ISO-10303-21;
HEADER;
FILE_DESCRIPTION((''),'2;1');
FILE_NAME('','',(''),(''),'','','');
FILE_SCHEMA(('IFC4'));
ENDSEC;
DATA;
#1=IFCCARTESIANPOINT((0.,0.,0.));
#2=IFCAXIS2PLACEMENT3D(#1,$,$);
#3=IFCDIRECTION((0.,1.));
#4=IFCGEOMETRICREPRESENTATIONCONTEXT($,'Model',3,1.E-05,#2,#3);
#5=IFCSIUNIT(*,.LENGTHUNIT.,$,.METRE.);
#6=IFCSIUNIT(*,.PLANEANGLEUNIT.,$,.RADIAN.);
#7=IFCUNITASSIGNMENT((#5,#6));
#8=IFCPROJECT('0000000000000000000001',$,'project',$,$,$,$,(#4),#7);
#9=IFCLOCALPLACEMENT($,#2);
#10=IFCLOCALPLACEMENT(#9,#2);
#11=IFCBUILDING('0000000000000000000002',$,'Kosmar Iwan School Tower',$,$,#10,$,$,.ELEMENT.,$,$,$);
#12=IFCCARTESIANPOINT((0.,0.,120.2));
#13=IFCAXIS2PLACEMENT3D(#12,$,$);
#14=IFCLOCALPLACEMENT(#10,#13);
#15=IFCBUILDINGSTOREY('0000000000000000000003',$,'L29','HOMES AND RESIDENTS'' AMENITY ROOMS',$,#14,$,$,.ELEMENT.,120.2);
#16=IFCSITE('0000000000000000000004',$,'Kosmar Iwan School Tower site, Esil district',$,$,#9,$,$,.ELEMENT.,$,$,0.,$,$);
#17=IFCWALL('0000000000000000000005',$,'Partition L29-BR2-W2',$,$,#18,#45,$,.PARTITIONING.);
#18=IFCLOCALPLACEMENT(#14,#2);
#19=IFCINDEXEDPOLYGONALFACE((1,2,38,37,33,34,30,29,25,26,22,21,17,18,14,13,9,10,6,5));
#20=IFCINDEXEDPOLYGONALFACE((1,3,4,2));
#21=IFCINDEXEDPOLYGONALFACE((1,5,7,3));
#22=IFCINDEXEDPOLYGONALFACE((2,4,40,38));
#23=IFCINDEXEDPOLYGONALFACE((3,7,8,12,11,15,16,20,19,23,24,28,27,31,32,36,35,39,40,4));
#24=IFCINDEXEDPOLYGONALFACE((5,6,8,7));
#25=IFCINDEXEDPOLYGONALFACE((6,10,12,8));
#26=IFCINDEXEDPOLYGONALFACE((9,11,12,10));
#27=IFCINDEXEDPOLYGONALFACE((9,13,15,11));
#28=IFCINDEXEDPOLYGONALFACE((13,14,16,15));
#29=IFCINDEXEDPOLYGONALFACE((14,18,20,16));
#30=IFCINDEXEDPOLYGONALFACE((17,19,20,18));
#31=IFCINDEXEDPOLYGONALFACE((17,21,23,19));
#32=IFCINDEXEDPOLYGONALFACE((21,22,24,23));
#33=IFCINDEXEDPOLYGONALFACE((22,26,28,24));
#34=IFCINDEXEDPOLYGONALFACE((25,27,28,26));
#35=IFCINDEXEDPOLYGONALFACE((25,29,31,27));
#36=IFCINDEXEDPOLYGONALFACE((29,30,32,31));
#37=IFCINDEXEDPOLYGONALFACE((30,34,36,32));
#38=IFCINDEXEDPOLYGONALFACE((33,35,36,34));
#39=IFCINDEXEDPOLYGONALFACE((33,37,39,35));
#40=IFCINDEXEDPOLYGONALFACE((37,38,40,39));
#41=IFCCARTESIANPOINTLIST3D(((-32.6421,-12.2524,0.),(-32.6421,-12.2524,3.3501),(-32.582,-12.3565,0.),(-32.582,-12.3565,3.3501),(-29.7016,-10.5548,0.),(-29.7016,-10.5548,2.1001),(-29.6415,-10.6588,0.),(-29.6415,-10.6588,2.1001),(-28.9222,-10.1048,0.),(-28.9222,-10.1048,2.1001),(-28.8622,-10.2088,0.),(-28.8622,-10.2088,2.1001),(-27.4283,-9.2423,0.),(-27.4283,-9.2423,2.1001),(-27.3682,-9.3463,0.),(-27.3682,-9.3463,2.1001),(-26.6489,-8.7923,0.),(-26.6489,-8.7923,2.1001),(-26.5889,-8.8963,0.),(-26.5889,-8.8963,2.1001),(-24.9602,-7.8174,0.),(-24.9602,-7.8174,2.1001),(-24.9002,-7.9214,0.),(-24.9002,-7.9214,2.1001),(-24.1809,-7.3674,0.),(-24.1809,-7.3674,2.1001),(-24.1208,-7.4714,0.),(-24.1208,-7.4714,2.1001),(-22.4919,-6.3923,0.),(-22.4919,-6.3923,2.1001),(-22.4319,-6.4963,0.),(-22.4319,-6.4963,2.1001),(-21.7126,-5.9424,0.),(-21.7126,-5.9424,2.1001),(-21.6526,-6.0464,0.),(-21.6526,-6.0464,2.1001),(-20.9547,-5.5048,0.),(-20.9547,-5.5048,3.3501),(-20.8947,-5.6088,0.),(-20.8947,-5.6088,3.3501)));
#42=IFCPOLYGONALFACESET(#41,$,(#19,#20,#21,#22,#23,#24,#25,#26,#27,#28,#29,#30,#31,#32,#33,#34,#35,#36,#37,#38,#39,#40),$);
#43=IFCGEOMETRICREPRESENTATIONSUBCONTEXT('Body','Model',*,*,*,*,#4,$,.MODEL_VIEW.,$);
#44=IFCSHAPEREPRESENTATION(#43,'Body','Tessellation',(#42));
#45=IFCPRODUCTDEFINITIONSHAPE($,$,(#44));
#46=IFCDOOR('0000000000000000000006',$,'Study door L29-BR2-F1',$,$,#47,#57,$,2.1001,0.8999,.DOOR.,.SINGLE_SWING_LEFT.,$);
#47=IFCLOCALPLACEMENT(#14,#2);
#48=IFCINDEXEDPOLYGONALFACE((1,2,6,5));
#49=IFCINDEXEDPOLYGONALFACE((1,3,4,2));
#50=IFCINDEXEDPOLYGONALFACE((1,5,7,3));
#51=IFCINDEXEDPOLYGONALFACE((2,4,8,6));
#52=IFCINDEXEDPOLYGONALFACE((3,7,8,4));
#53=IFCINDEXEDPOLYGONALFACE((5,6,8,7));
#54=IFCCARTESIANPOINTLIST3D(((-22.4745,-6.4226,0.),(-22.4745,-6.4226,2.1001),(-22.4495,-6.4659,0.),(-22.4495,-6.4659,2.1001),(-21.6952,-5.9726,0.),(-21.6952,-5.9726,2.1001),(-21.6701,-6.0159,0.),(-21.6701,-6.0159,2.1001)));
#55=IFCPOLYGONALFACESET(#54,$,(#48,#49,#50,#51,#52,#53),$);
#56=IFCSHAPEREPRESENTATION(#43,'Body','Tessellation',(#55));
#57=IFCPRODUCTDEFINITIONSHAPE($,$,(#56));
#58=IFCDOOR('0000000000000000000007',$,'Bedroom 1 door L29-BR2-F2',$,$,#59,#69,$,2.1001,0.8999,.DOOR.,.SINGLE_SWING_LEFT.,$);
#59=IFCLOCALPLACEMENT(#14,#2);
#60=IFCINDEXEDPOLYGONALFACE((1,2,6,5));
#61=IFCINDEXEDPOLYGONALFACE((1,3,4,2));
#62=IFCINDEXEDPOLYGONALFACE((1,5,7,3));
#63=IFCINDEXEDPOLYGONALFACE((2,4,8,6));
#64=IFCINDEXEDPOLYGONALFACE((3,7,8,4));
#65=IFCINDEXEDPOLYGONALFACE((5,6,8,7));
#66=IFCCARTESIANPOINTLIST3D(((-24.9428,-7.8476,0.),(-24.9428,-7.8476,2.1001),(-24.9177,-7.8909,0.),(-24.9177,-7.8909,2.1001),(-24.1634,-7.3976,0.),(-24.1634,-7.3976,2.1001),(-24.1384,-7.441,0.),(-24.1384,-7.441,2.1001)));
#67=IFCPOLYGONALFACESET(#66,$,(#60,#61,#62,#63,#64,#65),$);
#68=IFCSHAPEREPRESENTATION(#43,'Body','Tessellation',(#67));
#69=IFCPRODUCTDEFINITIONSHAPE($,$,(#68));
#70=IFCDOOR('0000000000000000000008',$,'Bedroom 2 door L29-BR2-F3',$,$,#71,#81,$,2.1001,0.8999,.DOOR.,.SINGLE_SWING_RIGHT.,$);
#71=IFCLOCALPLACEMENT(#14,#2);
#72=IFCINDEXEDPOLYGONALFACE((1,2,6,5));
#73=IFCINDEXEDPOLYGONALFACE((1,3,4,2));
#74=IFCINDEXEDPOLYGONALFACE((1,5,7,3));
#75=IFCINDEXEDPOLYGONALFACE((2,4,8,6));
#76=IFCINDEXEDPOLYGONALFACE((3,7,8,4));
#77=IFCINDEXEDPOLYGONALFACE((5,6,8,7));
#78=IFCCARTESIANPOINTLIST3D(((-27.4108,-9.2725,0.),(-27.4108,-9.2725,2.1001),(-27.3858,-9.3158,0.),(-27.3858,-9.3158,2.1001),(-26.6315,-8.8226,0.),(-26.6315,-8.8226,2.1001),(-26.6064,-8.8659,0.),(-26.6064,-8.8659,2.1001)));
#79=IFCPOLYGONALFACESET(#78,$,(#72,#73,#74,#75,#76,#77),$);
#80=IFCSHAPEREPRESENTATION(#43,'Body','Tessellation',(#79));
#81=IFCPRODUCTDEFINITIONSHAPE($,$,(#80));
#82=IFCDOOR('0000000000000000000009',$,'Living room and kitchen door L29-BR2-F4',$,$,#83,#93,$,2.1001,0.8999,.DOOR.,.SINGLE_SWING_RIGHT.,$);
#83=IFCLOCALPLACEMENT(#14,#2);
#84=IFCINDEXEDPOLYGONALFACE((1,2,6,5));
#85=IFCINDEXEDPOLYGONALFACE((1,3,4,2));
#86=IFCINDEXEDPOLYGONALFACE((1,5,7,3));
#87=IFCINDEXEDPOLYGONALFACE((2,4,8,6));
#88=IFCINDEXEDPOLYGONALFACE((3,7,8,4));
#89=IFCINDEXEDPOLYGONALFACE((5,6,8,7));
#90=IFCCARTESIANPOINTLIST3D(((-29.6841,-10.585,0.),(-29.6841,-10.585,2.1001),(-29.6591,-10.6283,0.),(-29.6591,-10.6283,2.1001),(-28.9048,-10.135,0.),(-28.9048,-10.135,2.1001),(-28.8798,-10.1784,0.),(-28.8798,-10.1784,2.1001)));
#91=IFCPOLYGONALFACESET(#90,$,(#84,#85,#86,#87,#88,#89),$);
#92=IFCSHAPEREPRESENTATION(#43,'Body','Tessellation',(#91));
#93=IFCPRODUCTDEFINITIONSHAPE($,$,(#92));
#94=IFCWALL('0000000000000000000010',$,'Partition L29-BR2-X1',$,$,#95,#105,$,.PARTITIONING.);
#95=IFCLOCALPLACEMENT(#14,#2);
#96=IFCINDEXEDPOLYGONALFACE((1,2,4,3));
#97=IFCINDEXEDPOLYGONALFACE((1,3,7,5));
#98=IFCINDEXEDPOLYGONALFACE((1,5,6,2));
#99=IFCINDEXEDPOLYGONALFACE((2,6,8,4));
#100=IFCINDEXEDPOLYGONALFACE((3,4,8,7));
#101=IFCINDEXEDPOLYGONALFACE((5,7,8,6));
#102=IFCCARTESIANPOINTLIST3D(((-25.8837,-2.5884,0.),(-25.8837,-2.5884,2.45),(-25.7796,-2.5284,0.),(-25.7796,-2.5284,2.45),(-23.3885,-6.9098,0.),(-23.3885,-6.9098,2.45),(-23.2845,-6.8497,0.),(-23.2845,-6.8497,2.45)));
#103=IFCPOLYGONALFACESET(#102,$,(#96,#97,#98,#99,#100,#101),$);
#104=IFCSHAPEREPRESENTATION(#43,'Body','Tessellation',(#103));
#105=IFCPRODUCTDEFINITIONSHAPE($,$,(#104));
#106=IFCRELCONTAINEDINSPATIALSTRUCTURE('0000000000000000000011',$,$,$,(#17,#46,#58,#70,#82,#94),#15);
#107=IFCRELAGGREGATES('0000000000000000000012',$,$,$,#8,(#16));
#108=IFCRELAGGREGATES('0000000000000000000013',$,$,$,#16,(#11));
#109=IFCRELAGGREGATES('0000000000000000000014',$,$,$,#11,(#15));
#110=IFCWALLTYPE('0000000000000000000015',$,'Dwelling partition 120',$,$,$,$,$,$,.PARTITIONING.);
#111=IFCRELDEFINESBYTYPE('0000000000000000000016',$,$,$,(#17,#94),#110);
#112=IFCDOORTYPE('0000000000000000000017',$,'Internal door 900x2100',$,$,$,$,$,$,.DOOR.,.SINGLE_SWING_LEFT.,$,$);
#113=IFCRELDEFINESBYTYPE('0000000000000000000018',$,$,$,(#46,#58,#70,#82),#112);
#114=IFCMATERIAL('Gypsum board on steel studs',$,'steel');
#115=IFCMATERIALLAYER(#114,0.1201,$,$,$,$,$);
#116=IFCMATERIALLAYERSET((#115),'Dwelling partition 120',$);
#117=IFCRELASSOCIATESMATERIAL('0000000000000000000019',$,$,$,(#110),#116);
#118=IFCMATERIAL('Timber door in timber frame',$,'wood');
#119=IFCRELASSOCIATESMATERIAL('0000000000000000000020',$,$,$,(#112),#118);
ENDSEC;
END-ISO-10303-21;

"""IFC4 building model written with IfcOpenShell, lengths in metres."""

from ifc_helpers import new_model, si_unit, direction, frame, frame_2d, origin, place, context, subcontext, project, spatial, rectangle, extrude, material, layer, layer_set, type_object, element, fill, save


model = new_model("IFC4")

# Units and contexts
model_context = context("Model", 3, precision=1e-05, world=origin(), true_north=direction((0.0, 1.0)))
body_context = subcontext(model_context, "Body", "Model", "MODEL_VIEW")
ifc_project = project(units=[si_unit("LENGTHUNIT", "METRE"), si_unit("PLANEANGLEUNIT", "RADIAN")], contexts=[model_context])

# Site, building, storey
site_placement = place(None, origin())
site = spatial("IfcSite", under=ifc_project, at=site_placement, Name="Kosmar Iwan School Tower site, Esil district", CompositionType="ELEMENT", RefElevation=0.0)
building_placement = place(site_placement, origin())
building = spatial("IfcBuilding", under=site, at=building_placement, Name="Kosmar Iwan School Tower", CompositionType="ELEMENT")
storey_placement = place(building_placement, frame((0.0, 0.0, 120.2)))
storey = spatial("IfcBuildingStorey", under=building, at=storey_placement, Name="L29", Description="HOMES AND RESIDENTS' AMENITY ROOMS", CompositionType="ELEMENT", Elevation=120.2)

# Shared definitions
ifc_material_1 = material(Name="Gypsum board on steel studs", Category="steel")
ifc_layer_1 = layer(ifc_material_1, 0.1201)
ifc_layer_set_1 = layer_set([ifc_layer_1], Name="Dwelling partition 120")
wall_type_1 = type_object("IfcWallType", Name="Dwelling partition 120", PredefinedType="PARTITIONING", material=ifc_layer_set_1)

# Wall, openings, doors
ifc_material_2 = material(Name="Timber door in timber frame", Category="wood")
door_type_1 = type_object("IfcDoorType", Name="Internal door 900x2100", OperationType="SINGLE_SWING_LEFT", PredefinedType="DOOR", material=ifc_material_2)
wall_1_placement = place(storey_placement, frame((-20.9248, -5.5569, 0.0), z_axis=(0.0, 0.0, 1.0), x_axis=(-0.866028, -0.499995, 0.0)))
wall_1 = element("IfcWall", 1, at=wall_1_placement, inside=storey, type_object=wall_type_1, Name="Partition L29-BR2-W2", PredefinedType="PARTITIONING", context=body_context, shape_type="SweptSolid", body=[
    extrude(rectangle(XDim=13.4954, YDim=0.1201, at=frame_2d((6.7476, 0.0))), origin(), (0.0, 0.0, 1.0), 3.3501),
])
opening_1_placement = place(wall_1_placement, frame((0.875, 0.0, 0.0)))
opening_1 = element("IfcOpeningElement", 2, at=opening_1_placement, cuts=wall_1, PredefinedType="OPENING", context=body_context, shape_type="SweptSolid", body=[
    extrude(rectangle(XDim=0.8999, YDim=2.1001, at=frame_2d((0.45, 1.05))), frame((0.0, 0.072, 0.0), z_axis=(0.0, -1.0, 0.0), x_axis=(1.0, 0.0, 0.0)), (0.0, 0.0, 1.0), 0.144),
])
opening_2_placement = place(wall_1_placement, frame((3.7251, 0.0, 0.0)))
opening_2 = element("IfcOpeningElement", 3, at=opening_2_placement, cuts=wall_1, PredefinedType="OPENING", context=body_context, shape_type="SweptSolid", body=[
    extrude(rectangle(XDim=0.8999, YDim=2.1001, at=frame_2d((0.45, 1.05))), frame((0.0, 0.072, 0.0), z_axis=(0.0, -1.0, 0.0), x_axis=(1.0, 0.0, 0.0)), (0.0, 0.0, 1.0), 0.144),
])
opening_3_placement = place(wall_1_placement, frame((6.575, 0.0, 0.0)))
opening_3 = element("IfcOpeningElement", 4, at=opening_3_placement, cuts=wall_1, PredefinedType="OPENING", context=body_context, shape_type="SweptSolid", body=[
    extrude(rectangle(XDim=0.8999, YDim=2.1001, at=frame_2d((0.45, 1.05))), frame((0.0, 0.072, 0.0), z_axis=(0.0, -1.0, 0.0), x_axis=(1.0, 0.0, 0.0)), (0.0, 0.0, 1.0), 0.144),
])
opening_4_placement = place(wall_1_placement, frame((9.2, 0.0, 0.0)))
opening_4 = element("IfcOpeningElement", 5, at=opening_4_placement, cuts=wall_1, PredefinedType="OPENING", context=body_context, shape_type="SweptSolid", body=[
    extrude(rectangle(XDim=0.8999, YDim=2.1001, at=frame_2d((0.45, 1.05))), frame((0.0, 0.072, 0.0), z_axis=(0.0, -1.0, 0.0), x_axis=(1.0, 0.0, 0.0)), (0.0, 0.0, 1.0), 0.144),
])
door_1_placement = place(opening_1_placement, origin())
door_1 = element("IfcDoor", 6, at=door_1_placement, inside=storey, type_object=door_type_1, Name="Study door L29-BR2-F1", OperationType="SINGLE_SWING_LEFT", OverallHeight=2.1001, OverallWidth=0.8999, PredefinedType="DOOR", context=body_context, shape_type="SweptSolid", body=[
    extrude(rectangle(XDim=0.8999, YDim=2.1001, at=frame_2d((0.45, 1.05))), frame((0.0, 0.0249, 0.0), z_axis=(0.0, -1.0, 0.0), x_axis=(1.0, 0.0, 0.0)), (0.0, 0.0, 1.0), 0.05),
])
fill(opening_1, door_1)
door_2_placement = place(opening_2_placement, origin())
door_2 = element("IfcDoor", 7, at=door_2_placement, inside=storey, type_object=door_type_1, Name="Bedroom 1 door L29-BR2-F2", OperationType="SINGLE_SWING_LEFT", OverallHeight=2.1001, OverallWidth=0.8999, PredefinedType="DOOR", context=body_context, shape_type="SweptSolid", body=[
    extrude(rectangle(XDim=0.8999, YDim=2.1001, at=frame_2d((0.45, 1.05))), frame((0.0, 0.0249, 0.0), z_axis=(0.0, -1.0, 0.0), x_axis=(1.0, 0.0, 0.0)), (0.0, 0.0, 1.0), 0.05),
])
fill(opening_2, door_2)
door_3_placement = place(opening_3_placement, origin())
door_3 = element("IfcDoor", 8, at=door_3_placement, inside=storey, type_object=door_type_1, Name="Bedroom 2 door L29-BR2-F3", OperationType="SINGLE_SWING_RIGHT", OverallHeight=2.1001, OverallWidth=0.8999, PredefinedType="DOOR", context=body_context, shape_type="SweptSolid", body=[
    extrude(rectangle(XDim=0.8999, YDim=2.1001, at=frame_2d((0.45, 1.05))), frame((0.0, 0.0249, 0.0), z_axis=(0.0, -1.0, 0.0), x_axis=(1.0, 0.0, 0.0)), (0.0, 0.0, 1.0), 0.05),
])
fill(opening_3, door_3)
door_4_placement = place(opening_4_placement, origin())
door_4 = element("IfcDoor", 9, at=door_4_placement, inside=storey, type_object=door_type_1, Name="Living room and kitchen door L29-BR2-F4", OperationType="SINGLE_SWING_RIGHT", OverallHeight=2.1001, OverallWidth=0.8999, PredefinedType="DOOR", context=body_context, shape_type="SweptSolid", body=[
    extrude(rectangle(XDim=0.8999, YDim=2.1001, at=frame_2d((0.45, 1.05))), frame((0.0, 0.0249, 0.0), z_axis=(0.0, -1.0, 0.0), x_axis=(1.0, 0.0, 0.0)), (0.0, 0.0, 1.0), 0.05),
])
fill(opening_4, door_4)

# Wall
wall_2_placement = place(storey_placement, frame((-23.3364, -6.8799, 0.0), z_axis=(0.0, 0.0, 1.0), x_axis=(-0.500033, 0.866006, 0.0)))
element("IfcWall", 10, at=wall_2_placement, inside=storey, type_object=wall_type_1, Name="Partition L29-BR2-X1", PredefinedType="PARTITIONING", context=body_context, shape_type="SweptSolid", body=[
    extrude(rectangle(XDim=4.99, YDim=0.1201, at=frame_2d((2.4951, 0.0))), origin(), (0.0, 0.0, 1.0), 2.45),
])

save(model, "model.ifc")
